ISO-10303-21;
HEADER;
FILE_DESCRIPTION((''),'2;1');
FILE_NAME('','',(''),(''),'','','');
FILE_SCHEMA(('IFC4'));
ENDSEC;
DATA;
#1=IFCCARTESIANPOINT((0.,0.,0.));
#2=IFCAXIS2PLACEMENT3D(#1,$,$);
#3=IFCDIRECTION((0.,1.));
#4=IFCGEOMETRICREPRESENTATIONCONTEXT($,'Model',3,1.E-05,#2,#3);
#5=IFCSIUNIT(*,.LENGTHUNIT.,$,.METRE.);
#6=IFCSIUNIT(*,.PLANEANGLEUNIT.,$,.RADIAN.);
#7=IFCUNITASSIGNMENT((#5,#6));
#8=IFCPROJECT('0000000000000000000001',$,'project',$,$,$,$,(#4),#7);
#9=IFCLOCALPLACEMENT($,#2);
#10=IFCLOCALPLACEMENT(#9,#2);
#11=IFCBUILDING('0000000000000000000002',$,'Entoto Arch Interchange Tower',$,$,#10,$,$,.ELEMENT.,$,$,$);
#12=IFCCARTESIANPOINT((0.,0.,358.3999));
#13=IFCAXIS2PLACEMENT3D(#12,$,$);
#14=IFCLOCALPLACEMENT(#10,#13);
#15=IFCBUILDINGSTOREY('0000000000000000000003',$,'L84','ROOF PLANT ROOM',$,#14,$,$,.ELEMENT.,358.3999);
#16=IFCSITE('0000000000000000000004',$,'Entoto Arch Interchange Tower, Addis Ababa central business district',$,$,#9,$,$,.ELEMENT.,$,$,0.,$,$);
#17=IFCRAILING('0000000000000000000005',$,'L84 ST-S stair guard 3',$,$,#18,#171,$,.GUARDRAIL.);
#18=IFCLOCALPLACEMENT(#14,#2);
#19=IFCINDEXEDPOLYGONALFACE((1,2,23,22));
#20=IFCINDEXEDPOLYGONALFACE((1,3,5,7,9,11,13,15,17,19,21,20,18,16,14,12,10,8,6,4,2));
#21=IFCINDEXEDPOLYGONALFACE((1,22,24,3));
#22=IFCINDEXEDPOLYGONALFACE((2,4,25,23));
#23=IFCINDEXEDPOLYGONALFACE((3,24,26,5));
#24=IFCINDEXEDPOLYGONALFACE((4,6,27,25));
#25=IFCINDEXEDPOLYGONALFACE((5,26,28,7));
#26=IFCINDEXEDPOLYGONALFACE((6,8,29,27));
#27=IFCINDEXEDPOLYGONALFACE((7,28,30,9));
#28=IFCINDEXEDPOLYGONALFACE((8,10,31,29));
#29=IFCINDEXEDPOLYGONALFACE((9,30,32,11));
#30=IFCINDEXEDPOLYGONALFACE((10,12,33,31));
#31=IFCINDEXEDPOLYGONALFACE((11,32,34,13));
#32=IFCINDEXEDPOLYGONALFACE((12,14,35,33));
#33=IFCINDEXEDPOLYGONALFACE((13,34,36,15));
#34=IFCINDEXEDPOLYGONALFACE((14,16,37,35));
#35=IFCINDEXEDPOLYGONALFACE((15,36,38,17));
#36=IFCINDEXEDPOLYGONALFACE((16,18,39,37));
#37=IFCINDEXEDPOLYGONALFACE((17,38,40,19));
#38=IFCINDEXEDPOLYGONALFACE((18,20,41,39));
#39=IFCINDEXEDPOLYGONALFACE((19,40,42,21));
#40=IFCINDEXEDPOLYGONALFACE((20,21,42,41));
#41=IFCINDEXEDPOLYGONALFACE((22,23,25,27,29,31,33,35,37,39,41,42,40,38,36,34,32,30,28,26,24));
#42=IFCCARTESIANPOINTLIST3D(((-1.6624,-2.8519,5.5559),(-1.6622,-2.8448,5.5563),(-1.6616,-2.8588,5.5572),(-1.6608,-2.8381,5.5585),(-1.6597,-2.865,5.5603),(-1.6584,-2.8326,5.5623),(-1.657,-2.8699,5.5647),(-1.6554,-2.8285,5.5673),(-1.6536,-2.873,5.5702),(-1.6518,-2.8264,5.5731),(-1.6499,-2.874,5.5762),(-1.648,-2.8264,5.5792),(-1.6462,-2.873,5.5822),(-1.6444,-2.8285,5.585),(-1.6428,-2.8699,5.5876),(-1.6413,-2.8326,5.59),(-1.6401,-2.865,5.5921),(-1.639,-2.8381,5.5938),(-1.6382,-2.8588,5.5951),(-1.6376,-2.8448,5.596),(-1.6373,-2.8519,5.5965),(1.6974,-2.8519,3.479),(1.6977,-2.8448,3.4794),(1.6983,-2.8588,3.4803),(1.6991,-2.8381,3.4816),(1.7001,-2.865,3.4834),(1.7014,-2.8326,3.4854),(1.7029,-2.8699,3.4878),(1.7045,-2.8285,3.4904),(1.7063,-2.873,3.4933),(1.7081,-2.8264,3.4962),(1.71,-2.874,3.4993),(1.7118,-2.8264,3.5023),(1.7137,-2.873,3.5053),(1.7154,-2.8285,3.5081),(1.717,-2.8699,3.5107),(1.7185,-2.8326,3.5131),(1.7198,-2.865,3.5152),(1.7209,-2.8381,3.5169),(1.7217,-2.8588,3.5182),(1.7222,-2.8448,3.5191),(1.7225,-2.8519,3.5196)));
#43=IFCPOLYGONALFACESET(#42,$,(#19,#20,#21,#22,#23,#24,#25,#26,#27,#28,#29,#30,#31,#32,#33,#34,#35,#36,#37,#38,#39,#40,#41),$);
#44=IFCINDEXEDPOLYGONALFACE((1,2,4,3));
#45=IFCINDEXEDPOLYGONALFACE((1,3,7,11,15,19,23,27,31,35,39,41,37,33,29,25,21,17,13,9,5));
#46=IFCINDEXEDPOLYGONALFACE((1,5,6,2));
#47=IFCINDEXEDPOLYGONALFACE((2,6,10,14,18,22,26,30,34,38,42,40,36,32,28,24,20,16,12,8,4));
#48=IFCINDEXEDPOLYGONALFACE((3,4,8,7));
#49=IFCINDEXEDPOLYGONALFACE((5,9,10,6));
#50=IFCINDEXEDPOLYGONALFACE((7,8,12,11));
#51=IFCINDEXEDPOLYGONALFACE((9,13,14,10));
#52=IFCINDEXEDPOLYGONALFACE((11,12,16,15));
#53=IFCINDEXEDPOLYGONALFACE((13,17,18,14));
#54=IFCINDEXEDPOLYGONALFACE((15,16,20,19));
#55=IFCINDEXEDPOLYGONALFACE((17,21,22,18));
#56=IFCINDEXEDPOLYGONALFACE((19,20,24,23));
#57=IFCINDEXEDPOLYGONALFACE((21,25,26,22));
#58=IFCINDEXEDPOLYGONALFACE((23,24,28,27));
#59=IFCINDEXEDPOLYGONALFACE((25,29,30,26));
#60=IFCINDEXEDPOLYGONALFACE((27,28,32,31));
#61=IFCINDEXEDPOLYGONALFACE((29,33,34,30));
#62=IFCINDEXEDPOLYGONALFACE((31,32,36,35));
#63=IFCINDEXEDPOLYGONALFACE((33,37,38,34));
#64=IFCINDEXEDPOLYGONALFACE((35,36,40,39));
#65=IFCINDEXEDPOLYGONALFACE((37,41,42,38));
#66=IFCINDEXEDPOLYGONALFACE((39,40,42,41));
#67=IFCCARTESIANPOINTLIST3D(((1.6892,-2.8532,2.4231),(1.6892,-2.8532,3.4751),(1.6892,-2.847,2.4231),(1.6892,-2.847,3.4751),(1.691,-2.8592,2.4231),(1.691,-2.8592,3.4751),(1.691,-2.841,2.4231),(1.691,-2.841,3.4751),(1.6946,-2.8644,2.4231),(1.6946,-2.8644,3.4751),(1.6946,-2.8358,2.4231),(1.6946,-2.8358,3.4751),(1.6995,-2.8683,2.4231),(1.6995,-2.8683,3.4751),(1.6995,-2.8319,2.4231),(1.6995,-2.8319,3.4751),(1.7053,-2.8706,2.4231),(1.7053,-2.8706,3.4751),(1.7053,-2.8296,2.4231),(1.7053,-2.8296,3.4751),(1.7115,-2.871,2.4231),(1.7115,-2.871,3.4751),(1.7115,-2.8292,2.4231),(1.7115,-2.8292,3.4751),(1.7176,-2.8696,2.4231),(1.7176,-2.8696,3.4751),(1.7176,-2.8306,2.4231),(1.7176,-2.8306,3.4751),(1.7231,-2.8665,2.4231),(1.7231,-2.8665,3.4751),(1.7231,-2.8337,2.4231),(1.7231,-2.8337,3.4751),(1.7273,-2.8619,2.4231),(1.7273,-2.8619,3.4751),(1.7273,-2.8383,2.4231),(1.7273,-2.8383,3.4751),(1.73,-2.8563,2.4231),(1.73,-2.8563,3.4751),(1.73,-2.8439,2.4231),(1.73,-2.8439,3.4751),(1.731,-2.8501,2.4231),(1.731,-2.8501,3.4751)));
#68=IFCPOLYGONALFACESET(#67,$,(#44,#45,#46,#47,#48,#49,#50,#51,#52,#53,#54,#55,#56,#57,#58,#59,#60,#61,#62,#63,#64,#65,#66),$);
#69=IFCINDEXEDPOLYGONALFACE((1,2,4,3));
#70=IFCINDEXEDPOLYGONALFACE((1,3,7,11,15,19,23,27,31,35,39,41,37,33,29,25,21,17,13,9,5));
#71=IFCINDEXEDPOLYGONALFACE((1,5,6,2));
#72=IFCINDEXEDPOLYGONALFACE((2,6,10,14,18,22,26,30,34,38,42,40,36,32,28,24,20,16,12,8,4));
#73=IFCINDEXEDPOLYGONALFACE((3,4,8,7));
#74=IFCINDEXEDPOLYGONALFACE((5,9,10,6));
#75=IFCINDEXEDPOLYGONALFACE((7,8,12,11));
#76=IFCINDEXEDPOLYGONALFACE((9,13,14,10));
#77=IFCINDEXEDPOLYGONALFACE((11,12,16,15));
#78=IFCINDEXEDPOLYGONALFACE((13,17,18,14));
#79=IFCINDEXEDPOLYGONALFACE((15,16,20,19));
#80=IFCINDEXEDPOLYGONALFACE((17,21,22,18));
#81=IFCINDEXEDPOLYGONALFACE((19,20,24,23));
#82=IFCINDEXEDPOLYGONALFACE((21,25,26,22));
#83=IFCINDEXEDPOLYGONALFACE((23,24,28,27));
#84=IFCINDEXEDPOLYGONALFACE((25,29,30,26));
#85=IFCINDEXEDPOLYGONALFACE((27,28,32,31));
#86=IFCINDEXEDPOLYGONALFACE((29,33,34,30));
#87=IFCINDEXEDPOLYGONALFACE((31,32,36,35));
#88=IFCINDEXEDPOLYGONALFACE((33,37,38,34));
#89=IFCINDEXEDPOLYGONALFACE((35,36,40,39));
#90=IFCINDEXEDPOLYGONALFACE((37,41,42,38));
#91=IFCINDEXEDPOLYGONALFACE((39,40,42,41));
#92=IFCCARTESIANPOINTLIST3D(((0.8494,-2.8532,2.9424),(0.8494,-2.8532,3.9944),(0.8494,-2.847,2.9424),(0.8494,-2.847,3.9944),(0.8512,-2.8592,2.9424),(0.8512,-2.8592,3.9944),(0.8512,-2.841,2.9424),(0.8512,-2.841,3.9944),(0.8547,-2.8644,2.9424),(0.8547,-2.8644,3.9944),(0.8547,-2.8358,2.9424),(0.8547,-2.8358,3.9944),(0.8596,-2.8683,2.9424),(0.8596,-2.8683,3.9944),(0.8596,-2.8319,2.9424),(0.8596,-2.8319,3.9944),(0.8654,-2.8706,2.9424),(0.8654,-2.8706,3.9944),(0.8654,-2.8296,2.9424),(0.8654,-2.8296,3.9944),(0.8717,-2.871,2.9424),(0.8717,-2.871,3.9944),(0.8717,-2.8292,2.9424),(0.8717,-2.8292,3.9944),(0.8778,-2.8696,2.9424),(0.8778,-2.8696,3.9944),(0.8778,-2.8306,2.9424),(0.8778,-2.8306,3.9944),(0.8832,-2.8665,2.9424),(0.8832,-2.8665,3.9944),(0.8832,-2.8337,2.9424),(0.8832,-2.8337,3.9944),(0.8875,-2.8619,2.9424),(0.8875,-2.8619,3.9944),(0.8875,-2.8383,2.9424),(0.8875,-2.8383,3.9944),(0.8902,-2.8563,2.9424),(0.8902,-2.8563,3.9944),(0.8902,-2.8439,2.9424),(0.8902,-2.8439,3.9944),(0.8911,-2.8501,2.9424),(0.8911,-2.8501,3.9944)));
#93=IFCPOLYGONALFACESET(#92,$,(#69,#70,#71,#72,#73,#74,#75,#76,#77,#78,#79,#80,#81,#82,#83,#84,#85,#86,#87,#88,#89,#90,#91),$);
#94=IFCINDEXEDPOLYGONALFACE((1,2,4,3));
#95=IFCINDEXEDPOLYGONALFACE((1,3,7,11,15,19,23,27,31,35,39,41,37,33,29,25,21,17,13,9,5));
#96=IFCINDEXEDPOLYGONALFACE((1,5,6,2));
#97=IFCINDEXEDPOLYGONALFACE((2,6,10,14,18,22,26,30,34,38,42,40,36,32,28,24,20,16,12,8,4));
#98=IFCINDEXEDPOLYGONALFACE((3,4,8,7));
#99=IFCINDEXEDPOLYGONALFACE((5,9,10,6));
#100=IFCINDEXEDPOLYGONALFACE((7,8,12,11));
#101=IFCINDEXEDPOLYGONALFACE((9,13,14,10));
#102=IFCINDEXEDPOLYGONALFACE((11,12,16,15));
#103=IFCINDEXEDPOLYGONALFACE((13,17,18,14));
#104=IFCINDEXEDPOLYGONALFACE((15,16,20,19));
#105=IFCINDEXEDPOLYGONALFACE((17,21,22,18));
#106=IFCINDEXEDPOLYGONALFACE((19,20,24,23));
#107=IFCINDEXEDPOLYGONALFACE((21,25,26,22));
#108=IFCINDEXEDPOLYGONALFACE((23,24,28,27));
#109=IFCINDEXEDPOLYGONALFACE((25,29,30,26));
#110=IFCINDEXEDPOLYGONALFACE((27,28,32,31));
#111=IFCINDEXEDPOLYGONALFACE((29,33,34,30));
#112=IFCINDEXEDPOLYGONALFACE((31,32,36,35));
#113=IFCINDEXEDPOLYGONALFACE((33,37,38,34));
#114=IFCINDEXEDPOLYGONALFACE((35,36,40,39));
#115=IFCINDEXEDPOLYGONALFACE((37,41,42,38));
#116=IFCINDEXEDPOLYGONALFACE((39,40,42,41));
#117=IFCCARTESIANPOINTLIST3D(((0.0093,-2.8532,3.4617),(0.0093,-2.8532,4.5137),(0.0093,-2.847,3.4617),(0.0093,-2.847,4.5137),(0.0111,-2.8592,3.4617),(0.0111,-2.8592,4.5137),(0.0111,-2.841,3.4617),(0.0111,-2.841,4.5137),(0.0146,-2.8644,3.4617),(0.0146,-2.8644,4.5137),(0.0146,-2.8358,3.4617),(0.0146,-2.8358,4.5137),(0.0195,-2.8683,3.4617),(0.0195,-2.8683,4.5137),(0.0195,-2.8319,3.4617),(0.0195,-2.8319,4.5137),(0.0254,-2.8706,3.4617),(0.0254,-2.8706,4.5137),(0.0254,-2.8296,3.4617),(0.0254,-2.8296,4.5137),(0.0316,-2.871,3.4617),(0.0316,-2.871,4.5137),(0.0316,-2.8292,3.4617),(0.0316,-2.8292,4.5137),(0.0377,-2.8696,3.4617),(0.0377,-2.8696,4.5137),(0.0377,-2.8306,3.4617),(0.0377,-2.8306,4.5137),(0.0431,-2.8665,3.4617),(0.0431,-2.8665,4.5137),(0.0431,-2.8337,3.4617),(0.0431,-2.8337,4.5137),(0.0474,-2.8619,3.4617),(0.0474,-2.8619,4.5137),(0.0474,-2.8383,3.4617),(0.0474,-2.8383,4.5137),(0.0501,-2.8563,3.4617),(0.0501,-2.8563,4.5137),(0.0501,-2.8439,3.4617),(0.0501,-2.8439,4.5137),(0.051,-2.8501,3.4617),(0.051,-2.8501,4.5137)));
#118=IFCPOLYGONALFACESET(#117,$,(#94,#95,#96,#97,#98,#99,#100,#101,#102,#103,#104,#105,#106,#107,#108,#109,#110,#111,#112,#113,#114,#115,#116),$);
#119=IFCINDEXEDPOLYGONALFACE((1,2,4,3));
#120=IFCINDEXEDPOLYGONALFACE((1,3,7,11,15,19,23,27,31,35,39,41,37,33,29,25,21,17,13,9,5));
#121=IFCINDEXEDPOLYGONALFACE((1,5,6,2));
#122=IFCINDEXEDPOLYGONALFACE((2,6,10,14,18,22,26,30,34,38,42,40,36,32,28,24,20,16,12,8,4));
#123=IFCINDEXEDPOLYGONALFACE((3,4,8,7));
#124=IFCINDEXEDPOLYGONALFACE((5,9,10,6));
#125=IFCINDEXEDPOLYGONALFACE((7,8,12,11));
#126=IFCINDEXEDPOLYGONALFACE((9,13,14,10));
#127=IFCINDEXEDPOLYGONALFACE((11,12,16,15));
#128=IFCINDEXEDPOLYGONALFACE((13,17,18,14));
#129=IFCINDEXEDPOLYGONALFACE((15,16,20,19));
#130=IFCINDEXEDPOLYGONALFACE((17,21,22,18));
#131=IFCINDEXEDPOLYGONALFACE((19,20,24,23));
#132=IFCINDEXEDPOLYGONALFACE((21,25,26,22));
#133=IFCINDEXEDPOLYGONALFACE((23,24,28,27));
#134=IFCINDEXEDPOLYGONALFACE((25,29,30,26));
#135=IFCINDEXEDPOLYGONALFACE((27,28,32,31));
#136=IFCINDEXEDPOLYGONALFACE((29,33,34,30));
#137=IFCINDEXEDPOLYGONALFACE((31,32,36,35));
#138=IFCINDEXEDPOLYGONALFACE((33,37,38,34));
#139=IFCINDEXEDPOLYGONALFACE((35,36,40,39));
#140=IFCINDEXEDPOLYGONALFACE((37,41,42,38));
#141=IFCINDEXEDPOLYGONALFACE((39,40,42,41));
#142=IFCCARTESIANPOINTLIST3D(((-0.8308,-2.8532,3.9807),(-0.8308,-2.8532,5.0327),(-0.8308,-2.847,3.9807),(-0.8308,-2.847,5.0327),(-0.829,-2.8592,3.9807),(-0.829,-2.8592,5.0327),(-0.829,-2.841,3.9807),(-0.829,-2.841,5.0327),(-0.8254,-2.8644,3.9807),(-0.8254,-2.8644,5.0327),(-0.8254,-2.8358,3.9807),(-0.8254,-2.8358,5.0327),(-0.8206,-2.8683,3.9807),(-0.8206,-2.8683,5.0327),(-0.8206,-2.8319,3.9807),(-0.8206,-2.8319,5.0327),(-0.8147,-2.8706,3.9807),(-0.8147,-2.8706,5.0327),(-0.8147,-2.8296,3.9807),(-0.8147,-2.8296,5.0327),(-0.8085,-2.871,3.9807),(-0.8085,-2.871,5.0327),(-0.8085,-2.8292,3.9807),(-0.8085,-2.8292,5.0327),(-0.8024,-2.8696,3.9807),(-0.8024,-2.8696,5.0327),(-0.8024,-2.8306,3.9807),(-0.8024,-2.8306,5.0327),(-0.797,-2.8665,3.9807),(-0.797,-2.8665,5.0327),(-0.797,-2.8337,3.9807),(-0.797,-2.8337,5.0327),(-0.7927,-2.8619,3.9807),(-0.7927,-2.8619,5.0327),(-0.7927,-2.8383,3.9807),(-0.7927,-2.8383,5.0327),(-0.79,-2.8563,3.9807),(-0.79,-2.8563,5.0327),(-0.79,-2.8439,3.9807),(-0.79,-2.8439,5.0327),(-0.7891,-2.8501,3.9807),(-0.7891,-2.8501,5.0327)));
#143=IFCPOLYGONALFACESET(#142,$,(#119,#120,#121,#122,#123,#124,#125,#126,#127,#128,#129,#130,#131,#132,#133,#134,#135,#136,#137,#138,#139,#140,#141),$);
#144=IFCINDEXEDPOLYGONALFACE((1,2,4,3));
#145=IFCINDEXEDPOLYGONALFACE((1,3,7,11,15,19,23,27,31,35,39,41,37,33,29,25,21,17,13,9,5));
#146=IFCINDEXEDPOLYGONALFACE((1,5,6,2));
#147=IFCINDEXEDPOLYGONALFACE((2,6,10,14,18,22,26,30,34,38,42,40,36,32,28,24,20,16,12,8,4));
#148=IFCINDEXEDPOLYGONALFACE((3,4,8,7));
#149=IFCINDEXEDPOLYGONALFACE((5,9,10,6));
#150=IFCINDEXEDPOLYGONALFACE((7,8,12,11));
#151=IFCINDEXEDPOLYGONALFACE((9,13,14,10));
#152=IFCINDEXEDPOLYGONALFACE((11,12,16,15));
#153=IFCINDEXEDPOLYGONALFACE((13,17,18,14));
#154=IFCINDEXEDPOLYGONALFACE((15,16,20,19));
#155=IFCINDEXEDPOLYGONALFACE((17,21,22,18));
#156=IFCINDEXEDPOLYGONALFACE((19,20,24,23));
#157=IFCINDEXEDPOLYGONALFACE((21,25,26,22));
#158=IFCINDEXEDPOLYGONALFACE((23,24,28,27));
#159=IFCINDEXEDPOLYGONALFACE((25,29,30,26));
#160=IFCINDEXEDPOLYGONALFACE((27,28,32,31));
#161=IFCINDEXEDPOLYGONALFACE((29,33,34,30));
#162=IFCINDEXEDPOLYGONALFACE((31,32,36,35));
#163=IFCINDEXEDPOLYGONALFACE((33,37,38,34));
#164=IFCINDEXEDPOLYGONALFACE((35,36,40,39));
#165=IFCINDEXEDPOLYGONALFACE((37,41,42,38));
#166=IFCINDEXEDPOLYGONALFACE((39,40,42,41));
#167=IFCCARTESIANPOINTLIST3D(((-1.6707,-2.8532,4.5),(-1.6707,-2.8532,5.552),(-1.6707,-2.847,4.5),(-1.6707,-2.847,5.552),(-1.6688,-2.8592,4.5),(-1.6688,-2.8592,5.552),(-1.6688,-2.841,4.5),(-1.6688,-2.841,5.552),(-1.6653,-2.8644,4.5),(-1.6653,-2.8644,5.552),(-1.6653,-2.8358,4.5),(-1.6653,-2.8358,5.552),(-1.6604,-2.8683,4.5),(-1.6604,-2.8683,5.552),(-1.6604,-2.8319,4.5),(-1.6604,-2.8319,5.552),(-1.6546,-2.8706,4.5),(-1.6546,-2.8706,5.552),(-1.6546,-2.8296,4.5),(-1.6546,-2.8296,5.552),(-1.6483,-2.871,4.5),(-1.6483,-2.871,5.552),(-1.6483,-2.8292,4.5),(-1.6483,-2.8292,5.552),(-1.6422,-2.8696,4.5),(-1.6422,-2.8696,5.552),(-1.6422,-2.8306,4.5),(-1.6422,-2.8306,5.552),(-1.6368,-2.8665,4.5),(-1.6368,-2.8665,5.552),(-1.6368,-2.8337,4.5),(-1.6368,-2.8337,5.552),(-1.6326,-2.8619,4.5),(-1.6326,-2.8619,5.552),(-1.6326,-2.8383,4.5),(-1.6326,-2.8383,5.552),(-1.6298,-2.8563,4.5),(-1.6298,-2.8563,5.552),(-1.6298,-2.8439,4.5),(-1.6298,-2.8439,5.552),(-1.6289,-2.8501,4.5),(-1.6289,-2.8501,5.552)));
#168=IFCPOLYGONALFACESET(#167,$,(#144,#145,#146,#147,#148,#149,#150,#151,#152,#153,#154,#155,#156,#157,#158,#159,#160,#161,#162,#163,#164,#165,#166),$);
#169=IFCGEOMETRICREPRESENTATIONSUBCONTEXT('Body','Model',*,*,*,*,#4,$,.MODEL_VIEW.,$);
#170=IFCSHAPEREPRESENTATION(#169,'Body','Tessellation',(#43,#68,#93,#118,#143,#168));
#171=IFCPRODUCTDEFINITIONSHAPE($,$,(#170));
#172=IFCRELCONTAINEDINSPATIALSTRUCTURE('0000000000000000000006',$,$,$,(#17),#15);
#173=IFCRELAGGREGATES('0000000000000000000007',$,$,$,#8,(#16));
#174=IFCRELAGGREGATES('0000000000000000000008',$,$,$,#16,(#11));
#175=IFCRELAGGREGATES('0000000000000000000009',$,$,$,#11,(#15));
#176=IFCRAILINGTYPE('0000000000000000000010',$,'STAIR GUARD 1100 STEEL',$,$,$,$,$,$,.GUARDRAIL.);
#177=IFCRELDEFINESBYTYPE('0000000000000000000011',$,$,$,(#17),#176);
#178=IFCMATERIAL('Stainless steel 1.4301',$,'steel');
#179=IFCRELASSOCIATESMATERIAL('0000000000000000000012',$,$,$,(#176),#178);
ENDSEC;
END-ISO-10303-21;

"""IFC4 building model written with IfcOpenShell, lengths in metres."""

from ifc_helpers import new_model, si_unit, direction, frame, origin, origin_2d, place, context, subcontext, project, spatial, circle, extrude, material, type_object, element, save


model = new_model("IFC4")

# Units and contexts
model_context = context("Model", 3, precision=1e-05, world=origin(), true_north=direction((0.0, 1.0)))
body_context = subcontext(model_context, "Body", "Model", "MODEL_VIEW")
ifc_project = project(units=[si_unit("LENGTHUNIT", "METRE"), si_unit("PLANEANGLEUNIT", "RADIAN")], contexts=[model_context])

# Site, building, storey
site_placement = place(None, origin())
site = spatial("IfcSite", under=ifc_project, at=site_placement, Name="Entoto Arch Interchange Tower, Addis Ababa central business district", CompositionType="ELEMENT", RefElevation=0.0)
building_placement = place(site_placement, origin())
building = spatial("IfcBuilding", under=site, at=building_placement, Name="Entoto Arch Interchange Tower", CompositionType="ELEMENT")
storey_placement = place(building_placement, frame((0.0, 0.0, 358.3999)))
storey = spatial("IfcBuildingStorey", under=building, at=storey_placement, Name="L84", Description="ROOF PLANT ROOM", CompositionType="ELEMENT", Elevation=358.3999)

# Railing
ifc_material_1 = material(Name="Stainless steel 1.4301", Category="steel")
railing_type_1 = type_object("IfcRailingType", Name="STAIR GUARD 1100 STEEL", PredefinedType="GUARDRAIL", material=ifc_material_1)
railing_1_placement = place(storey_placement, frame((1.71, -2.8501, 2.4231)))
element("IfcRailing", 1, at=railing_1_placement, inside=storey, type_object=railing_type_1, Name="L84 ST-S stair guard 3", PredefinedType="GUARDRAIL", context=body_context, shape_type="SweptSolid", body=[
    extrude(circle(Radius=0.0239, at=origin_2d()), frame((0.0, 0.0, 1.0762), z_axis=(-0.850606, 0.0, 0.525803), x_axis=(0.0, -1.0, 0.0)), (0.0, 0.0, 1.0), 3.95),
    extrude(circle(Radius=0.021, at=origin_2d()), origin(), (0.0, 0.0, 1.0), 1.052),
    extrude(circle(Radius=0.021, at=origin_2d()), frame((-0.8398, 0.0, 0.5193)), (0.0, 0.0, 1.0), 1.052),
    extrude(circle(Radius=0.021, at=origin_2d()), frame((-1.6799, 0.0, 1.0386)), (0.0, 0.0, 1.0), 1.052),
    extrude(circle(Radius=0.021, at=origin_2d()), frame((-2.52, 0.0, 1.5576)), (0.0, 0.0, 1.0), 1.052),
    extrude(circle(Radius=0.021, at=origin_2d()), frame((-3.3599, 0.0, 2.0769)), (0.0, 0.0, 1.0), 1.052),
])

save(model, "model.ifc")
